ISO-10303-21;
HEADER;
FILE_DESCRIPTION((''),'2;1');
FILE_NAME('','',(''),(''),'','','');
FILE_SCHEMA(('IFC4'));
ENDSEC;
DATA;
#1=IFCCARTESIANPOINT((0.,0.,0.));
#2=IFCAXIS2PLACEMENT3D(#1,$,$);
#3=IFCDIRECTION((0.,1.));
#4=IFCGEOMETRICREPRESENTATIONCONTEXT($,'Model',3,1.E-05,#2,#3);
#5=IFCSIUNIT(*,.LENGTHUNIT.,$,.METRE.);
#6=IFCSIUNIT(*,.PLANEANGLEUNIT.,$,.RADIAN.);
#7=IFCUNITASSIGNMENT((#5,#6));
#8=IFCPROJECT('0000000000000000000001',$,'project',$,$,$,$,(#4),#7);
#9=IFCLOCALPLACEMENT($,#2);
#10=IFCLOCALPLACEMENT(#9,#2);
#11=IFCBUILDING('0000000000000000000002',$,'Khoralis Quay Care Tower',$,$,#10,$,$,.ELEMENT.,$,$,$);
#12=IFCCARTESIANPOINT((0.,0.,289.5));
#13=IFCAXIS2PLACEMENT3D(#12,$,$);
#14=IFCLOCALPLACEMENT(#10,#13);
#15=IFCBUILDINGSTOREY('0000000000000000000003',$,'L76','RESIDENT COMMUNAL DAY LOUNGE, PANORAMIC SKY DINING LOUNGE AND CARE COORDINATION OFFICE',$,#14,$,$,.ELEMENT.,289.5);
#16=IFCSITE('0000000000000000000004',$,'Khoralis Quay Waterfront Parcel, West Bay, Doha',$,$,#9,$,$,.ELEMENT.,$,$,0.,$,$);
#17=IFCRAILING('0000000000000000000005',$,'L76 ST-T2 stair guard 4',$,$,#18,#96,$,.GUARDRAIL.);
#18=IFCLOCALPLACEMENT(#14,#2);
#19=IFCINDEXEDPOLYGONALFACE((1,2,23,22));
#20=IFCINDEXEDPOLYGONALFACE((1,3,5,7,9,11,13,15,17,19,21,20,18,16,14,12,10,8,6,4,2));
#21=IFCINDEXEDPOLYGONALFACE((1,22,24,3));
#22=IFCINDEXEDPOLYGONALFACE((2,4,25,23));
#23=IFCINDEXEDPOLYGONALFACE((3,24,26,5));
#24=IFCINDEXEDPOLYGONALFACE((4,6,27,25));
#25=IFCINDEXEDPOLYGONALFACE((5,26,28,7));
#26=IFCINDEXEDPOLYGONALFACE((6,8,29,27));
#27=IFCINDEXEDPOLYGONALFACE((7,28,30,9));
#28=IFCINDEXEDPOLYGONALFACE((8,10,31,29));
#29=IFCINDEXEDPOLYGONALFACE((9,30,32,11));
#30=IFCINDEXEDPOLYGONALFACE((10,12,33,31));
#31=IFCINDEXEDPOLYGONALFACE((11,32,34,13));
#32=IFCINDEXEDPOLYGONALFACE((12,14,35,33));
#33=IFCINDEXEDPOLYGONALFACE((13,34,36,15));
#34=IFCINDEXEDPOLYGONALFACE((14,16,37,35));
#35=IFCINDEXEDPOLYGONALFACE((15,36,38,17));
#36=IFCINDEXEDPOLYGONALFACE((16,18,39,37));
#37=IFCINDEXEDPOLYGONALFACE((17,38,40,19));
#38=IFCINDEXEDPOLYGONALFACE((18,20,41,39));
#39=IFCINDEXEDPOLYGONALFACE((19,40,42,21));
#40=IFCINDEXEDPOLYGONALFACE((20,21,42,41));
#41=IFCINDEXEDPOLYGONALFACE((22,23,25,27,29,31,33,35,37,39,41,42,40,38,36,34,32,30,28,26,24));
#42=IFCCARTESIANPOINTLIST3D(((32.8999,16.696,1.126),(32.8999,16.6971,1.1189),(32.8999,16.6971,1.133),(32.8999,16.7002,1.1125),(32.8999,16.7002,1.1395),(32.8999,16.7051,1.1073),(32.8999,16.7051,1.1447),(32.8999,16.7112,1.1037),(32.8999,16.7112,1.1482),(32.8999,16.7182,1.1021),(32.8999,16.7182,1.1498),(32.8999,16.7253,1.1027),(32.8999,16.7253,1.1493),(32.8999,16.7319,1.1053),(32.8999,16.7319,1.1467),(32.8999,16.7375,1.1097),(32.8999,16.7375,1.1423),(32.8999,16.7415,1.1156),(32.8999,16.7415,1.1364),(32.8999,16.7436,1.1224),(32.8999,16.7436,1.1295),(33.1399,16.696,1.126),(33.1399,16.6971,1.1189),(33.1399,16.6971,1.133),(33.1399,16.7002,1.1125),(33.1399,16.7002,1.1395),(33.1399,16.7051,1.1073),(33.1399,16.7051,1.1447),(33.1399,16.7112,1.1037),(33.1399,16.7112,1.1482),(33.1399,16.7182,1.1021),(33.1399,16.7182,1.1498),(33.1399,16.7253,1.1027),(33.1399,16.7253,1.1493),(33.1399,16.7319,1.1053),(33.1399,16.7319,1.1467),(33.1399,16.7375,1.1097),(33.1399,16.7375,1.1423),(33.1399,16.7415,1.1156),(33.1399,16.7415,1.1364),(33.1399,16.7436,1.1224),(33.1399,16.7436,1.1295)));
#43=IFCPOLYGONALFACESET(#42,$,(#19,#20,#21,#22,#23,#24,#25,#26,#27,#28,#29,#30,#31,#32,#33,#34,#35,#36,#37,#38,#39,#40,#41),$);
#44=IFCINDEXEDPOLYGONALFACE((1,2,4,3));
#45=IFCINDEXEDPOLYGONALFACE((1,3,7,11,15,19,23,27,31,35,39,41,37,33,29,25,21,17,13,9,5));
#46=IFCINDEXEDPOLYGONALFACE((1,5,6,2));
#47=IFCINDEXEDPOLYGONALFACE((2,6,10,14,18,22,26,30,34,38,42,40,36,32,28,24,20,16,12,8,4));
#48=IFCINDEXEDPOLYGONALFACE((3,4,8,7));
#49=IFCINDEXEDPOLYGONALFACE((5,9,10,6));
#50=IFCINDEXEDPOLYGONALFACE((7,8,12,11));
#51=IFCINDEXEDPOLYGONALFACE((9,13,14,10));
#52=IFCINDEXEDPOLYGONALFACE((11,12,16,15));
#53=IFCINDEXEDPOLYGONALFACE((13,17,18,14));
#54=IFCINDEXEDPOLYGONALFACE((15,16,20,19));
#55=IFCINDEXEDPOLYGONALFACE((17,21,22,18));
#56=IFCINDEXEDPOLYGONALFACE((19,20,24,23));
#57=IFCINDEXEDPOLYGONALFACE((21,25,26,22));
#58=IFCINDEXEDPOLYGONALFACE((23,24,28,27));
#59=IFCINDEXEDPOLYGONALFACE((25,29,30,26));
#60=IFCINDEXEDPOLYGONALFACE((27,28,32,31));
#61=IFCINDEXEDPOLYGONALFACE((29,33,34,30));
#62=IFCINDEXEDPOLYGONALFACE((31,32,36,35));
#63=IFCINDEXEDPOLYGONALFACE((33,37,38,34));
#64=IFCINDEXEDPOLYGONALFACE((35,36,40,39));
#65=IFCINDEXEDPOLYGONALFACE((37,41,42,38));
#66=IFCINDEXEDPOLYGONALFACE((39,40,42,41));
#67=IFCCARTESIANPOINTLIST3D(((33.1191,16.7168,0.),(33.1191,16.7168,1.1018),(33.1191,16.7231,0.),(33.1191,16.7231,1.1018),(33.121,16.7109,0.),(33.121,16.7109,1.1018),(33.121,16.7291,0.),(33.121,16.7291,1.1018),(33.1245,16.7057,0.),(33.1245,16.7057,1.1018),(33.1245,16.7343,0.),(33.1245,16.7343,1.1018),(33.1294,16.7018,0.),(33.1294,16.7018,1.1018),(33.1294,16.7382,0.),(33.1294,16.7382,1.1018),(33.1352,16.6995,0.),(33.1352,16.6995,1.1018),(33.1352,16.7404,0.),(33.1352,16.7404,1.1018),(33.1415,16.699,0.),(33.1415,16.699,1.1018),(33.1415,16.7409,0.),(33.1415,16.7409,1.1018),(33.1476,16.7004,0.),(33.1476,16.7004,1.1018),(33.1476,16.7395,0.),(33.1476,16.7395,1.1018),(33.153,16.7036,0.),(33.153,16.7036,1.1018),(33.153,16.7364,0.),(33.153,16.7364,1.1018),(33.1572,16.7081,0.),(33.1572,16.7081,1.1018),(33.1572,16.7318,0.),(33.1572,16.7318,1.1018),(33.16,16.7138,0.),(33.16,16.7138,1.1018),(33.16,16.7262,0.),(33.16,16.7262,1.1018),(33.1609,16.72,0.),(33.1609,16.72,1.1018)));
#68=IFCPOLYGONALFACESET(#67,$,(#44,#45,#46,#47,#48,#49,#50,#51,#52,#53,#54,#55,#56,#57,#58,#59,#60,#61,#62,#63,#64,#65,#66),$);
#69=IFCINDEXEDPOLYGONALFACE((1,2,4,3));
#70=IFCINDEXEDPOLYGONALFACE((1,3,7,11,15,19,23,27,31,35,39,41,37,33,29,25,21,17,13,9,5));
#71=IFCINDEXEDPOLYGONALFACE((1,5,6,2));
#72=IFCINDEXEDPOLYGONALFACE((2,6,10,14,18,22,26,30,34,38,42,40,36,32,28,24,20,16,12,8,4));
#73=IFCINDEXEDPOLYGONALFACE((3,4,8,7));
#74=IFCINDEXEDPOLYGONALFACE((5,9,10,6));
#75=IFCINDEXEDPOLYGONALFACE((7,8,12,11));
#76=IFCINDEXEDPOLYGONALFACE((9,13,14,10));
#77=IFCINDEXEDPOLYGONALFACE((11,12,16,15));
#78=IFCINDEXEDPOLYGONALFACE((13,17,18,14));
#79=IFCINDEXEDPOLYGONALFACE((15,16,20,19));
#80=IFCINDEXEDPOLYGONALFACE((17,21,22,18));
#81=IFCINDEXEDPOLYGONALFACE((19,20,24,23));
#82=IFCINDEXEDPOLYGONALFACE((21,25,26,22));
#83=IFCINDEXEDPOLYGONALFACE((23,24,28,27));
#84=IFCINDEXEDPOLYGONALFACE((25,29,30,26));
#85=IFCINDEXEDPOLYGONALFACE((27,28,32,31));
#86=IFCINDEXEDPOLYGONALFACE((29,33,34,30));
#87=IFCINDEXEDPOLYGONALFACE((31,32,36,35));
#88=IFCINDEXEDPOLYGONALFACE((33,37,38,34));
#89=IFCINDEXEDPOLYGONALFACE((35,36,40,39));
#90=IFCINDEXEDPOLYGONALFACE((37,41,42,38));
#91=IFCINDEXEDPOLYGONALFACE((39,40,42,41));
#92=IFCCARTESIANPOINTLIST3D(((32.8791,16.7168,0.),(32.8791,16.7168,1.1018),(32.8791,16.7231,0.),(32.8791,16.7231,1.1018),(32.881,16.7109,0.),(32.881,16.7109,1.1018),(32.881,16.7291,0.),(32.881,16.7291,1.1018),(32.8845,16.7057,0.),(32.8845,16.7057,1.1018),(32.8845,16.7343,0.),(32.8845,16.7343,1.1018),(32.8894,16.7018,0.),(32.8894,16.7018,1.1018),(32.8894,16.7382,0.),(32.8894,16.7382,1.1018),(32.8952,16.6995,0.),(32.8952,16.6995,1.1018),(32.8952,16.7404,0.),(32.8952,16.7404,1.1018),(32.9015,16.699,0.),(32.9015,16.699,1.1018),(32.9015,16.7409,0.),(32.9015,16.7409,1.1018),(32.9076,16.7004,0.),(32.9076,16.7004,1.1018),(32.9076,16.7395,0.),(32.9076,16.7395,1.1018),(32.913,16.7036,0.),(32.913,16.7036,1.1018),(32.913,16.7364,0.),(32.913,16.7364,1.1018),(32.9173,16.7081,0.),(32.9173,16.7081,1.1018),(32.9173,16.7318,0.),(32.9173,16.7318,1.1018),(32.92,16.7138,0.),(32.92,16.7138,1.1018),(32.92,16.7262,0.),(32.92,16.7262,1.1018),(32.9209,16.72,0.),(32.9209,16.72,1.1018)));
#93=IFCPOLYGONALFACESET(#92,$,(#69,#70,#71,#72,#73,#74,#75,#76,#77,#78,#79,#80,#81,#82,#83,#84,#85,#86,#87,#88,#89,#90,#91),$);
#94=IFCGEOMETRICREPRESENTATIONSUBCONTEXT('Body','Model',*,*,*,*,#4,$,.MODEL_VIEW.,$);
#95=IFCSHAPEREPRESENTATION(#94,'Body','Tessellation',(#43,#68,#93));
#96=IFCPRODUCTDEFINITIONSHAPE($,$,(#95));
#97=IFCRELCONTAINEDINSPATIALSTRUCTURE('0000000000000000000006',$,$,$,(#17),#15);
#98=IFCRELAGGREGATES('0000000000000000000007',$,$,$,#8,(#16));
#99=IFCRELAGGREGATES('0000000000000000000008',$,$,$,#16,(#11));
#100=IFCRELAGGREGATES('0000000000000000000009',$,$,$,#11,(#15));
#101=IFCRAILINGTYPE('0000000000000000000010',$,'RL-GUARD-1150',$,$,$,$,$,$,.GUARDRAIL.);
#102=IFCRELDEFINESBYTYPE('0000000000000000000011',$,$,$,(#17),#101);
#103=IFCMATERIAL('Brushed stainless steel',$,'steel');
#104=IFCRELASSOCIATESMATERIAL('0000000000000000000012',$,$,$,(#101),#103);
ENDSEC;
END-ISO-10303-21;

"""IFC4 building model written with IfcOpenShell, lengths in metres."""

from ifc_helpers import new_model, si_unit, direction, frame, origin, origin_2d, place, context, subcontext, project, spatial, circle, extrude, material, type_object, element, save


model = new_model("IFC4")

# Units and contexts
model_context = context("Model", 3, precision=1e-05, world=origin(), true_north=direction((0.0, 1.0)))
body_context = subcontext(model_context, "Body", "Model", "MODEL_VIEW")
ifc_project = project(units=[si_unit("LENGTHUNIT", "METRE"), si_unit("PLANEANGLEUNIT", "RADIAN")], contexts=[model_context])

# Site, building, storey
site_placement = place(None, origin())
site = spatial("IfcSite", under=ifc_project, at=site_placement, Name="Khoralis Quay Waterfront Parcel, West Bay, Doha", CompositionType="ELEMENT", RefElevation=0.0)
building_placement = place(site_placement, origin())
building = spatial("IfcBuilding", under=site, at=building_placement, Name="Khoralis Quay Care Tower", CompositionType="ELEMENT")
storey_placement = place(building_placement, frame((0.0, 0.0, 289.5)))
storey = spatial("IfcBuildingStorey", under=building, at=storey_placement, Name="L76", Description="RESIDENT COMMUNAL DAY LOUNGE, PANORAMIC SKY DINING LOUNGE AND CARE COORDINATION OFFICE", CompositionType="ELEMENT", Elevation=289.5)

# Railing
ifc_material_1 = material(Name="Brushed stainless steel", Category="steel")
railing_type_1 = type_object("IfcRailingType", Name="RL-GUARD-1150", PredefinedType="GUARDRAIL", material=ifc_material_1)
railing_1_placement = place(storey_placement, frame((33.1399, 16.72, 0.0)))
element("IfcRailing", 1, at=railing_1_placement, inside=storey, type_object=railing_type_1, Name="L76 ST-T2 stair guard 4", PredefinedType="GUARDRAIL", context=body_context, shape_type="SweptSolid", body=[
    extrude(circle(Radius=0.0239, at=origin_2d()), frame((0.0, 0.0, 1.126), z_axis=(-1.0, 0.0, 0.0), x_axis=(0.0, -1.0, 0.0)), (0.0, 0.0, 1.0), 0.24),
    extrude(circle(Radius=0.021, at=origin_2d()), origin(), (0.0, 0.0, 1.0), 1.1018),
    extrude(circle(Radius=0.021, at=origin_2d()), frame((-0.24, 0.0, 0.0)), (0.0, 0.0, 1.0), 1.1018),
])

save(model, "model.ifc")
